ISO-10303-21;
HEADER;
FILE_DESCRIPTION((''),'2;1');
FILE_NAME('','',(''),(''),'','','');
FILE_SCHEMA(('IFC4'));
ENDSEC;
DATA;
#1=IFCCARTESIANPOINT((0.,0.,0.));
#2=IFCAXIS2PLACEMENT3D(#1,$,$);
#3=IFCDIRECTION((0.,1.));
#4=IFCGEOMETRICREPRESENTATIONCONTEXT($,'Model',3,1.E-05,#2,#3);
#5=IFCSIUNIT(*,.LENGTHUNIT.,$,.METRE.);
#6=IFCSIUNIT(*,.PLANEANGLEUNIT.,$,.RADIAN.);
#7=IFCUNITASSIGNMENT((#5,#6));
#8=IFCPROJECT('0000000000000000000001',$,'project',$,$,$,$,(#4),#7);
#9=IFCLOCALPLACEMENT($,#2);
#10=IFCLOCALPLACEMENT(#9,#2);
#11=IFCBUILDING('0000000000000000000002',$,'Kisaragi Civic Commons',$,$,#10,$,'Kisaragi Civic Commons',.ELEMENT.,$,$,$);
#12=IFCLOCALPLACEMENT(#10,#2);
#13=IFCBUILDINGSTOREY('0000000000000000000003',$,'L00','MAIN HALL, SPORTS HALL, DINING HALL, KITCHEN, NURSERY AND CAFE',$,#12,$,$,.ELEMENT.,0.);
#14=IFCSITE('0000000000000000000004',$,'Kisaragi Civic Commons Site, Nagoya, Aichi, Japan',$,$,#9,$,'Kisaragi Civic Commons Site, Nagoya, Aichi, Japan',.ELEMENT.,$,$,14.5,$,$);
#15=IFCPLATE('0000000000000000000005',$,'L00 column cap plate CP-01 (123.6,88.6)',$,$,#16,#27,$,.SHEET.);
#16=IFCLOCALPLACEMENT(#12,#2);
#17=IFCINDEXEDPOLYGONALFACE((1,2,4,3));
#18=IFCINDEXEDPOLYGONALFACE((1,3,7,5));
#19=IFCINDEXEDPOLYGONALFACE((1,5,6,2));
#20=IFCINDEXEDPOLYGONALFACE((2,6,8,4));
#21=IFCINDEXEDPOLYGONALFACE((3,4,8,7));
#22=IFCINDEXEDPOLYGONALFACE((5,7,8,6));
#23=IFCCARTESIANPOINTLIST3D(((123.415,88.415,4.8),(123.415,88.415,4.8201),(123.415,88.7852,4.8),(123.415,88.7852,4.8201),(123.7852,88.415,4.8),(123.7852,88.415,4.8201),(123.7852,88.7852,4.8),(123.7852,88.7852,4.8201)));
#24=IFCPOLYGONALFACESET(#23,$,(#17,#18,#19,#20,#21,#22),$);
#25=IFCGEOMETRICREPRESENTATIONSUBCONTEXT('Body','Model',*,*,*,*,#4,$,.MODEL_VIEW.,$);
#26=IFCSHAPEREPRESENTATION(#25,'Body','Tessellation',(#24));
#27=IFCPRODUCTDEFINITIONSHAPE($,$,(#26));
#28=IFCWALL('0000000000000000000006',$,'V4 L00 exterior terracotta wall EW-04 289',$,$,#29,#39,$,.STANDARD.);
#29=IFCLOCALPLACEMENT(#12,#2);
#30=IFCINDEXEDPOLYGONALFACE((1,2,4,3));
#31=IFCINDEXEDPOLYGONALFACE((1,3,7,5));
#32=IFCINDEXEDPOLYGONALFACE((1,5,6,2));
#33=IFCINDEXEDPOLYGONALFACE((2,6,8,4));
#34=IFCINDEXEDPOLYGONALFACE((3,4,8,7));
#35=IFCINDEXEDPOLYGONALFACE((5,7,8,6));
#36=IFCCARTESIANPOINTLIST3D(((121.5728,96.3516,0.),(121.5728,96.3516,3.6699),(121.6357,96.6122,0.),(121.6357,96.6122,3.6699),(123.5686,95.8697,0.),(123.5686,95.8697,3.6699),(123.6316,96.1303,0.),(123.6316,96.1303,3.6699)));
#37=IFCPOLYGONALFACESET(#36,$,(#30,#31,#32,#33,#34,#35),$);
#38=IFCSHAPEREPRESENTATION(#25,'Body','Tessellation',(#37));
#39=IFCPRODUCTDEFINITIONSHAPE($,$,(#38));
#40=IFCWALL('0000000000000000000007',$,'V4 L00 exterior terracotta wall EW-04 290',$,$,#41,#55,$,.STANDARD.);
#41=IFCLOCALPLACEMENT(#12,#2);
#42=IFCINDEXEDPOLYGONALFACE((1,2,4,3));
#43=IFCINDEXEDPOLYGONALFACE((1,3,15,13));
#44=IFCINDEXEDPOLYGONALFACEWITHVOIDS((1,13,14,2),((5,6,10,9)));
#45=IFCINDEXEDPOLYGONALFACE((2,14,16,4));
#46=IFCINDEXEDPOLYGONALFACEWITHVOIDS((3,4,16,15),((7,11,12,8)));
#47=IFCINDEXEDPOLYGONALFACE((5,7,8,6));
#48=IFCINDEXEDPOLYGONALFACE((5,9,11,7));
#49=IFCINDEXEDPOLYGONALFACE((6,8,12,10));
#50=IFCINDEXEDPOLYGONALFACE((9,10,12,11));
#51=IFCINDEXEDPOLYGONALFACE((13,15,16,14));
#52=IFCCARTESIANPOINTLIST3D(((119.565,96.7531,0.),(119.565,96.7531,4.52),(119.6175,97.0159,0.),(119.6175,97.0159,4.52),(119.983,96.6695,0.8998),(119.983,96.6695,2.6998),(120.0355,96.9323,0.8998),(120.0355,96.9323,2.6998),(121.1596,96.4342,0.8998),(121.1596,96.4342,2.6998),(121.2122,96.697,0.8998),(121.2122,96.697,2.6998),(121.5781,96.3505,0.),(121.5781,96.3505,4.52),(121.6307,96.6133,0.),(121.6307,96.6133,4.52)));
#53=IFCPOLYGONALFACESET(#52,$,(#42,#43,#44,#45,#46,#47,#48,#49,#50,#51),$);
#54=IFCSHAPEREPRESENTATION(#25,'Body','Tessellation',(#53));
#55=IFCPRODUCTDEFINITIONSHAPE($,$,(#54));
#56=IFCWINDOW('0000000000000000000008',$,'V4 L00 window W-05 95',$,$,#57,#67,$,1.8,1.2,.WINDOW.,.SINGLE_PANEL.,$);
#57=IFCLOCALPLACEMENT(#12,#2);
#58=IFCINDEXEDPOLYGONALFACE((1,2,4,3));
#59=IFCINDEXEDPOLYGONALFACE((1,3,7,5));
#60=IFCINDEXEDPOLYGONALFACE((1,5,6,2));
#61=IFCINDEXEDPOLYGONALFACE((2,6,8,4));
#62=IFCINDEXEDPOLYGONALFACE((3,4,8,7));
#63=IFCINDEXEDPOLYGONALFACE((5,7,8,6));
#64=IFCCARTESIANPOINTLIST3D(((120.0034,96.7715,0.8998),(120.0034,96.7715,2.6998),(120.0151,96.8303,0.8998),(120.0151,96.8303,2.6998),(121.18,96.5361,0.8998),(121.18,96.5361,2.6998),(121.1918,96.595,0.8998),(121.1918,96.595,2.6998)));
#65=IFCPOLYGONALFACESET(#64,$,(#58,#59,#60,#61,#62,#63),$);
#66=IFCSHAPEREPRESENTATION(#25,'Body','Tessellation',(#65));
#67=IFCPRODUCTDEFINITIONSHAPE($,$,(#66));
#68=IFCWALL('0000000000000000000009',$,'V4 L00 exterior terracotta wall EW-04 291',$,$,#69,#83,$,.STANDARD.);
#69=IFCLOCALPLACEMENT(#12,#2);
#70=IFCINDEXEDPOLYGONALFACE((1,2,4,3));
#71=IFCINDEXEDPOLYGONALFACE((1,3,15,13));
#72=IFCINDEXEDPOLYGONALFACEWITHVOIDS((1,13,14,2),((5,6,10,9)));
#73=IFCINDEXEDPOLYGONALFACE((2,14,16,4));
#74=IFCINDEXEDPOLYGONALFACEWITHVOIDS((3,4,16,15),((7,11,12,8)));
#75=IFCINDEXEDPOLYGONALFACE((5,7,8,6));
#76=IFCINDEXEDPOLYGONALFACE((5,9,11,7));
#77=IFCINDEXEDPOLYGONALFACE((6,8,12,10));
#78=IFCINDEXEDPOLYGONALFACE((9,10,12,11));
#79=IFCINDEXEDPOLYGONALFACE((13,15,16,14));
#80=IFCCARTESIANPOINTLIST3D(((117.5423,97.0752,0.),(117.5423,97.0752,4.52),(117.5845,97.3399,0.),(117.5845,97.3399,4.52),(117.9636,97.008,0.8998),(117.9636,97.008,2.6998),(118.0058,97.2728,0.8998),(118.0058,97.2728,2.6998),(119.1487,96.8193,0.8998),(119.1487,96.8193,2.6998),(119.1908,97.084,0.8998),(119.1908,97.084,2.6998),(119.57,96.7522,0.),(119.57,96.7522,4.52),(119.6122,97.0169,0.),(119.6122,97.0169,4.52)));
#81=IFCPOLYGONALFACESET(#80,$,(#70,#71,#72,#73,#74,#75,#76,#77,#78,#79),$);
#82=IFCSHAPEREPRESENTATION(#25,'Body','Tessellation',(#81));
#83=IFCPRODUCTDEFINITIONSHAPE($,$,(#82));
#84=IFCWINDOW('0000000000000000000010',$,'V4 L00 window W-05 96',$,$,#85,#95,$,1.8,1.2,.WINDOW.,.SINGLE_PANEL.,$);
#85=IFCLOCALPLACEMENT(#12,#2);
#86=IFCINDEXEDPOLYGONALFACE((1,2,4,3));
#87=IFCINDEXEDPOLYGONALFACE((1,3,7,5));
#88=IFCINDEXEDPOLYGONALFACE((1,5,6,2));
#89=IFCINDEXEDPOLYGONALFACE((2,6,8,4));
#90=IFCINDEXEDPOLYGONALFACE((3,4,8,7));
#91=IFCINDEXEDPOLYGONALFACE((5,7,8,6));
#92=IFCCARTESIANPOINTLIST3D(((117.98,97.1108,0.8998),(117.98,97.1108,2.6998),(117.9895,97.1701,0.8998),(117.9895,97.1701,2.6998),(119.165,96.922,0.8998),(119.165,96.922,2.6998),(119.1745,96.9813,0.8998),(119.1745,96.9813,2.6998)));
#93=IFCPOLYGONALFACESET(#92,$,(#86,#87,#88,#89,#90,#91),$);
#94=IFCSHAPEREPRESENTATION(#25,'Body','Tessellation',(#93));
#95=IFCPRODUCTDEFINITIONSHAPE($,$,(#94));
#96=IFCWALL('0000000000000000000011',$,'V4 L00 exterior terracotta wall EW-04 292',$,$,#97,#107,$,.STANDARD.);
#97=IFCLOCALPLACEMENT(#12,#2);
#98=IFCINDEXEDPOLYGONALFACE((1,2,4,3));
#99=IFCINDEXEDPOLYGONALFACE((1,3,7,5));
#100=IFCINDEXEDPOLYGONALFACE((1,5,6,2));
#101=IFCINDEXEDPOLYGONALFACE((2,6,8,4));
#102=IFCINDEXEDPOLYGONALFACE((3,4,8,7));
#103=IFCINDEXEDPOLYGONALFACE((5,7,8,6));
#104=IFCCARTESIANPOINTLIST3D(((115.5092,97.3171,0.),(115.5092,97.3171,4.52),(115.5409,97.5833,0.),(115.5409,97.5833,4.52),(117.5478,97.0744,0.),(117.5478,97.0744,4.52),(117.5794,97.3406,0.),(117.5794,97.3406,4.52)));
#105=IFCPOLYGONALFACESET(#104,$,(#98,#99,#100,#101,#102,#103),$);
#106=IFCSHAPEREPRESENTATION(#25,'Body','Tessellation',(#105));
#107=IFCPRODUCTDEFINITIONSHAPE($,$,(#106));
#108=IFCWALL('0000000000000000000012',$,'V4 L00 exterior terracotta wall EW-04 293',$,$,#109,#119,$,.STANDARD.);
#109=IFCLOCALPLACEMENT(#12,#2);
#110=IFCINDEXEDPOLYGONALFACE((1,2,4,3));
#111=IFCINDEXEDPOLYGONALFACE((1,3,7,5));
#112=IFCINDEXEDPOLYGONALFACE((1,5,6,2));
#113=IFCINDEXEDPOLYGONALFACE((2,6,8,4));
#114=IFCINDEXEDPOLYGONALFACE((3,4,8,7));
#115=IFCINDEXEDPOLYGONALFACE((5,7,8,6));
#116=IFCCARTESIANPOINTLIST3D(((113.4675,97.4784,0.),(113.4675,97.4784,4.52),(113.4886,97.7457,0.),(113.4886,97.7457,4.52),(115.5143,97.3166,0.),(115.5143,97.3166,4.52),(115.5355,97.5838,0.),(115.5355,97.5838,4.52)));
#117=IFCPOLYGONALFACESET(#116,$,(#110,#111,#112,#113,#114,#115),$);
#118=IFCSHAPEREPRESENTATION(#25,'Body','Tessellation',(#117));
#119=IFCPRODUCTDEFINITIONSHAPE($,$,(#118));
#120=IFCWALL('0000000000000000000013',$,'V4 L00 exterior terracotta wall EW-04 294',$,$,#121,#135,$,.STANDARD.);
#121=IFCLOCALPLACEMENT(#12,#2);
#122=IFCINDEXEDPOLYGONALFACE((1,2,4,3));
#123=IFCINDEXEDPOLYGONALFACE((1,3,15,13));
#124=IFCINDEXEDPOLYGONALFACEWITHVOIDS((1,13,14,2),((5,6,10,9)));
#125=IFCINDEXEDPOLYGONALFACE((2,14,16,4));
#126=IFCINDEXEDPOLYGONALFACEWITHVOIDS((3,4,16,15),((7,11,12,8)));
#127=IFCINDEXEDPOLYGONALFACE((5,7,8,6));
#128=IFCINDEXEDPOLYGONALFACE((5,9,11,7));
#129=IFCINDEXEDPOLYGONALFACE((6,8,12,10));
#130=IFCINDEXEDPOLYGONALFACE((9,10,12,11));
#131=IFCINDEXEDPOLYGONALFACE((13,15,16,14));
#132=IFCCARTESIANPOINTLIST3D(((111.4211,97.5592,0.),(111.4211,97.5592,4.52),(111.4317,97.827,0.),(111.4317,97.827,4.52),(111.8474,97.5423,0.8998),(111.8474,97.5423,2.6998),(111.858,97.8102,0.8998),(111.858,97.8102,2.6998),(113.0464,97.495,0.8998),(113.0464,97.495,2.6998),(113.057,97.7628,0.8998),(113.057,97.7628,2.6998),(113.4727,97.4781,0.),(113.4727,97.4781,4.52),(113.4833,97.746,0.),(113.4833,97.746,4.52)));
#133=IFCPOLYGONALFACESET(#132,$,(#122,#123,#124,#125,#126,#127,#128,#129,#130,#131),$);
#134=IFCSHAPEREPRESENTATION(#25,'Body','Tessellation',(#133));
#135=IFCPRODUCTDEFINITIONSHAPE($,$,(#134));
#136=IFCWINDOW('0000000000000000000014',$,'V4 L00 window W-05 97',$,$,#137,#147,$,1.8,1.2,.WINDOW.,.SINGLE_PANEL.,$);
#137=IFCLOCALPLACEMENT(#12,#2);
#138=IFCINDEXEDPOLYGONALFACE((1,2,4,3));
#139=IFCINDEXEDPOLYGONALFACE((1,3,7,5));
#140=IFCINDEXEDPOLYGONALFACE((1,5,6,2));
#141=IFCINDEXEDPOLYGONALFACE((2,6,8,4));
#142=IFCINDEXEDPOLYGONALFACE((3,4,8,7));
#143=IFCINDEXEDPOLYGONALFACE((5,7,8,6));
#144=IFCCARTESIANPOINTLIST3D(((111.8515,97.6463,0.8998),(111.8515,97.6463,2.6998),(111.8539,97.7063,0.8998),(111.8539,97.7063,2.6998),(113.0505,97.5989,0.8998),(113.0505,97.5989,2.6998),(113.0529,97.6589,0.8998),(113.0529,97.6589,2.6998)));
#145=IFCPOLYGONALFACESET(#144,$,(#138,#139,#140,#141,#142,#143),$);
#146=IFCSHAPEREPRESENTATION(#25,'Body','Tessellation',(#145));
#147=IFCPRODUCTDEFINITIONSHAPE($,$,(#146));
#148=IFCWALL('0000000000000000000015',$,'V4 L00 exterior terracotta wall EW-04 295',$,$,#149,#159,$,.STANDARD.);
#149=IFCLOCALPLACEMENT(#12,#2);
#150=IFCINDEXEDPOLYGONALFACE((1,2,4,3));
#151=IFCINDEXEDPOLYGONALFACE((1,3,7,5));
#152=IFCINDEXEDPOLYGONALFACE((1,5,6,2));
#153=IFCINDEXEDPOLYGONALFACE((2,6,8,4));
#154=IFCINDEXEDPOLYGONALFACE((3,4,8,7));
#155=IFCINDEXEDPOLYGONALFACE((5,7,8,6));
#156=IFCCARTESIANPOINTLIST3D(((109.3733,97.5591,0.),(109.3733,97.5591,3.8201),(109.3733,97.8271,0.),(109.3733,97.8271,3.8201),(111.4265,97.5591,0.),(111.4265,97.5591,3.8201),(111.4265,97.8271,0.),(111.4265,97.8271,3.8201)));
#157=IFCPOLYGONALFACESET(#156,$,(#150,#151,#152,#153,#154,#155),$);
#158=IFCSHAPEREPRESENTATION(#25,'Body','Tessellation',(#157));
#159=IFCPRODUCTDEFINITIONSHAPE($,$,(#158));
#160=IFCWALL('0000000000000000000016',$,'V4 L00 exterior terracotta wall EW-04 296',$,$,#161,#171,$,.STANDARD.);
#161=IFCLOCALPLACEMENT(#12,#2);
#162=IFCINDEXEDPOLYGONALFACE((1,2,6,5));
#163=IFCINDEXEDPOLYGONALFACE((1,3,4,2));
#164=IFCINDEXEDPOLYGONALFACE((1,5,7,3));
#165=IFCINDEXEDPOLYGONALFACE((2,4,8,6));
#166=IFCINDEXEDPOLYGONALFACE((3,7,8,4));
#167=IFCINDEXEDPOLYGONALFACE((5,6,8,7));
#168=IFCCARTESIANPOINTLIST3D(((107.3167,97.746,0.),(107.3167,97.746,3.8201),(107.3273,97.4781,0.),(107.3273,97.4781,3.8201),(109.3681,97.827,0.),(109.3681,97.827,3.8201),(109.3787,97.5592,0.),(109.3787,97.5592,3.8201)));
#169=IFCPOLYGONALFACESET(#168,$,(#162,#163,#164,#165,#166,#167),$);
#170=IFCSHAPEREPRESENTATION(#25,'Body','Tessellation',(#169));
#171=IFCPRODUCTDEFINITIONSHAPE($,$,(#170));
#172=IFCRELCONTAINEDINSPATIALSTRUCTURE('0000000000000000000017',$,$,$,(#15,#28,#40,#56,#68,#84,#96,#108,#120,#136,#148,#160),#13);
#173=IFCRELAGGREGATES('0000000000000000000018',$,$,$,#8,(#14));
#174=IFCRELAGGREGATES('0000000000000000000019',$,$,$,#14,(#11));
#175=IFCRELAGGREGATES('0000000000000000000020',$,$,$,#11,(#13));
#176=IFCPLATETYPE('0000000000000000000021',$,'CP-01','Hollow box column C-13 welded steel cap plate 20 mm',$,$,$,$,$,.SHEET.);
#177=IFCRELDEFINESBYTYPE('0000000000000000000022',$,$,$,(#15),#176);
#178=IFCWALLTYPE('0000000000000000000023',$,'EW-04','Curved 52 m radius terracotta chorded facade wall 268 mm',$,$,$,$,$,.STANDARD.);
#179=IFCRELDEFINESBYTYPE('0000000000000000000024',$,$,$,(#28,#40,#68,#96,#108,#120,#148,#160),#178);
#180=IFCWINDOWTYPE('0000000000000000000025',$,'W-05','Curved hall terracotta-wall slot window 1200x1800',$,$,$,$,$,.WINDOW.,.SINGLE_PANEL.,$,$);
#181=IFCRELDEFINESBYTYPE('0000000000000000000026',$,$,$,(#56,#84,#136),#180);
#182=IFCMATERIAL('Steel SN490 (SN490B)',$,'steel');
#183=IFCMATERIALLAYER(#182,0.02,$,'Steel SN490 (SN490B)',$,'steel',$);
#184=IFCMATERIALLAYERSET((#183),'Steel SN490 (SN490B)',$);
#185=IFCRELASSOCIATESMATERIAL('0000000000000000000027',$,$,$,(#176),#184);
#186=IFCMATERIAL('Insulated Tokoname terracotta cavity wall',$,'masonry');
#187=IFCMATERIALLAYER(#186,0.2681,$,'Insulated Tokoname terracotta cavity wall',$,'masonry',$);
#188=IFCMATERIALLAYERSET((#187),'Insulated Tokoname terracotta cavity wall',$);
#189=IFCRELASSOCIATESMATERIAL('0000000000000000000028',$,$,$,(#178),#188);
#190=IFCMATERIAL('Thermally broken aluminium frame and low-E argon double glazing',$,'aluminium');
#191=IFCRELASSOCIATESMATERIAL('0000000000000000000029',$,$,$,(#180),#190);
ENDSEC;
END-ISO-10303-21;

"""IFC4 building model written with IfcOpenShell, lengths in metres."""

from ifc_helpers import new_model, si_unit, direction, frame, frame_2d, origin, origin_2d, place, context, subcontext, project, spatial, rectangle, extrude, material, layer, layer_set, type_object, element, fill, save


model = new_model("IFC4")

# Units and contexts
model_context = context("Model", 3, precision=1e-05, world=origin(), true_north=direction((0.0, 1.0)))
body_context = subcontext(model_context, "Body", "Model", "MODEL_VIEW")
ifc_project = project(units=[si_unit("LENGTHUNIT", "METRE"), si_unit("PLANEANGLEUNIT", "RADIAN")], contexts=[model_context])

# Site, building, storey
site_placement = place(None, origin())
site = spatial("IfcSite", under=ifc_project, at=site_placement, Name="Kisaragi Civic Commons Site, Nagoya, Aichi, Japan", LongName="Kisaragi Civic Commons Site, Nagoya, Aichi, Japan", CompositionType="ELEMENT", RefElevation=14.5)
building_placement = place(site_placement, origin())
building = spatial("IfcBuilding", under=site, at=building_placement, Name="Kisaragi Civic Commons", LongName="Kisaragi Civic Commons", CompositionType="ELEMENT")
storey_placement = place(building_placement, origin())
storey = spatial("IfcBuildingStorey", under=building, at=storey_placement, Name="L00", Description="MAIN HALL, SPORTS HALL, DINING HALL, KITCHEN, NURSERY AND CAFE", CompositionType="ELEMENT", Elevation=0.0)

# Shared definitions
ifc_material_1 = material(Name="Steel SN490 (SN490B)", Category="steel")

# Plate
ifc_layer_1 = layer(ifc_material_1, 0.02, Name="Steel SN490 (SN490B)", Category="steel")
ifc_layer_set_1 = layer_set([ifc_layer_1], Name="Steel SN490 (SN490B)")
plate_type = type_object("IfcPlateType", Name="CP-01", Description="Hollow box column C-13 welded steel cap plate 20 mm", PredefinedType="SHEET", material=ifc_layer_set_1)
for number, where, z_axis, x_axis, name in (
    (1, (123.6001, 88.6001, 4.8), (0.0, 0.0, 1.0), (1.0, 0.0, 0.0), "L00 column cap plate CP-01 (123.6,88.6)"),
):
    element("IfcPlate", number, at=place(storey_placement, frame(where, z_axis=z_axis, x_axis=x_axis)), inside=storey, type_object=plate_type, Name=name, PredefinedType="SHEET", context=body_context, shape_type="SweptSolid", body=[
        extrude(rectangle(XDim=0.3701, YDim=0.3701, at=origin_2d()), origin(), (0.0, 0.0, 1.0), 0.02),
    ])

# Wall
ifc_material_2 = material(Name="Insulated Tokoname terracotta cavity wall", Category="masonry")
ifc_layer_2 = layer(ifc_material_2, 0.2681, Name="Insulated Tokoname terracotta cavity wall", Category="masonry")
ifc_layer_set_2 = layer_set([ifc_layer_2], Name="Insulated Tokoname terracotta cavity wall")
wall_type_1 = type_object("IfcWallType", Name="EW-04", Description="Curved 52 m radius terracotta chorded facade wall 268 mm", PredefinedType="STANDARD", material=ifc_layer_set_2)
wall_1_placement = place(storey_placement, frame((123.6001, 96.0, 0.0), z_axis=(0.0, 0.0, 1.0), x_axis=(-0.972063, 0.234722, 0.0)))
element("IfcWall", 2, at=wall_1_placement, inside=storey, type_object=wall_type_1, Name="V4 L00 exterior terracotta wall EW-04 289", PredefinedType="STANDARD", context=body_context, shape_type="SweptSolid", body=[
    extrude(rectangle(XDim=2.0532, YDim=0.2681, at=frame_2d((1.0266, 0.0))), origin(), (0.0, 0.0, 1.0), 3.6699),
])

# Walls, openings, windows
wall_2_placement = place(storey_placement, frame((121.6042, 96.4819, 0.0), z_axis=(0.0, 0.0, 1.0), x_axis=(-0.980585, 0.196093, 0.0)))
wall_2 = element("IfcWall", 3, at=wall_2_placement, inside=storey, type_object=wall_type_1, Name="V4 L00 exterior terracotta wall EW-04 290", PredefinedType="STANDARD", context=body_context, shape_type="SweptSolid", body=[
    extrude(rectangle(XDim=2.053, YDim=0.2681, at=frame_2d((1.0264, 0.0))), origin(), (0.0, 0.0, 1.0), 4.52),
])
opening_1_placement = place(wall_2_placement, frame((0.4265, 0.0, 0.8999)))
opening_1 = element("IfcOpeningElement", 4, at=opening_1_placement, cuts=wall_2, PredefinedType="OPENING", context=body_context, shape_type="SweptSolid", body=[
    extrude(rectangle(XDim=1.2, YDim=1.8, at=frame_2d((0.6001, 0.8999))), frame((0.0, 0.144, 0.0), z_axis=(0.0, -1.0, 0.0), x_axis=(1.0, 0.0, 0.0)), (0.0, 0.0, 1.0), 0.2881),
])
ifc_material_3 = material(Name="Thermally broken aluminium frame and low-E argon double glazing", Category="aluminium")
window_type = type_object("IfcWindowType", Name="W-05", Description="Curved hall terracotta-wall slot window 1200x1800", PartitioningType="SINGLE_PANEL", PredefinedType="WINDOW", material=ifc_material_3)
window_1_placement = place(opening_1_placement, origin())
window_1 = element("IfcWindow", 5, at=window_1_placement, inside=storey, type_object=window_type, Name="V4 L00 window W-05 95", OverallHeight=1.8, OverallWidth=1.2, PartitioningType="SINGLE_PANEL", PredefinedType="WINDOW", context=body_context, shape_type="SweptSolid", body=[
    extrude(rectangle(XDim=1.2, YDim=1.8, at=frame_2d((0.6001, 0.8999))), frame((0.0, 0.03, 0.0), z_axis=(0.0, -1.0, 0.0), x_axis=(1.0, 0.0, 0.0)), (0.0, 0.0, 1.0), 0.0601),
])
fill(opening_1, window_1)
wall_3_placement = place(storey_placement, frame((119.5911, 96.8845, 0.0), z_axis=(0.0, 0.0, 1.0), x_axis=(-0.987548, 0.157318, 0.0)))
wall_3 = element("IfcWall", 6, at=wall_3_placement, inside=storey, type_object=wall_type_1, Name="V4 L00 exterior terracotta wall EW-04 291", PredefinedType="STANDARD", context=body_context, shape_type="SweptSolid", body=[
    extrude(rectangle(XDim=2.0532, YDim=0.2681, at=frame_2d((1.0266, 0.0))), origin(), (0.0, 0.0, 1.0), 4.52),
])
opening_2_placement = place(wall_3_placement, frame((0.4265, 0.0, 0.8999)))
opening_2 = element("IfcOpeningElement", 7, at=opening_2_placement, cuts=wall_3, PredefinedType="OPENING", context=body_context, shape_type="SweptSolid", body=[
    extrude(rectangle(XDim=1.2, YDim=1.8, at=frame_2d((0.6001, 0.8999))), frame((0.0, 0.144, 0.0), z_axis=(0.0, -1.0, 0.0), x_axis=(1.0, 0.0, 0.0)), (0.0, 0.0, 1.0), 0.2881),
])
window_2_placement = place(opening_2_placement, origin())
window_2 = element("IfcWindow", 8, at=window_2_placement, inside=storey, type_object=window_type, Name="V4 L00 window W-05 96", OverallHeight=1.8, OverallWidth=1.2, PartitioningType="SINGLE_PANEL", PredefinedType="WINDOW", context=body_context, shape_type="SweptSolid", body=[
    extrude(rectangle(XDim=1.2, YDim=1.8, at=frame_2d((0.6001, 0.8999))), frame((0.0, 0.03, 0.0), z_axis=(0.0, -1.0, 0.0), x_axis=(1.0, 0.0, 0.0)), (0.0, 0.0, 1.0), 0.0601),
])
fill(opening_2, window_2)

# Walls
wall_4_placement = place(storey_placement, frame((117.5635, 97.2075, 0.0), z_axis=(0.0, 0.0, 1.0), x_axis=(-0.992989, 0.118207, 0.0)))
element("IfcWall", 9, at=wall_4_placement, inside=storey, type_object=wall_type_1, Name="V4 L00 exterior terracotta wall EW-04 292", PredefinedType="STANDARD", context=body_context, shape_type="SweptSolid", body=[
    extrude(rectangle(XDim=2.053, YDim=0.2681, at=frame_2d((1.0264, 0.0))), origin(), (0.0, 0.0, 1.0), 4.52),
])
wall_5_placement = place(storey_placement, frame((115.5249, 97.4502, 0.0), z_axis=(0.0, 0.0, 1.0), x_axis=(-0.996888, 0.078833, 0.0)))
element("IfcWall", 10, at=wall_5_placement, inside=storey, type_object=wall_type_1, Name="V4 L00 exterior terracotta wall EW-04 293", PredefinedType="STANDARD", context=body_context, shape_type="SweptSolid", body=[
    extrude(rectangle(XDim=2.0532, YDim=0.2681, at=frame_2d((1.0266, 0.0))), origin(), (0.0, 0.0, 1.0), 4.52),
])

# Wall, opening, window
wall_6_placement = place(storey_placement, frame((113.478, 97.6121, 0.0), z_axis=(0.0, 0.0, 1.0), x_axis=(-0.99922, 0.039479, 0.0)))
wall_6 = element("IfcWall", 11, at=wall_6_placement, inside=storey, type_object=wall_type_1, Name="V4 L00 exterior terracotta wall EW-04 294", PredefinedType="STANDARD", context=body_context, shape_type="SweptSolid", body=[
    extrude(rectangle(XDim=2.0532, YDim=0.2681, at=frame_2d((1.0266, 0.0))), origin(), (0.0, 0.0, 1.0), 4.52),
])
opening_3_placement = place(wall_6_placement, frame((0.4265, 0.0, 0.8999)))
opening_3 = element("IfcOpeningElement", 12, at=opening_3_placement, cuts=wall_6, PredefinedType="OPENING", context=body_context, shape_type="SweptSolid", body=[
    extrude(rectangle(XDim=1.2, YDim=1.8, at=frame_2d((0.6001, 0.8999))), frame((0.0, 0.144, 0.0), z_axis=(0.0, -1.0, 0.0), x_axis=(1.0, 0.0, 0.0)), (0.0, 0.0, 1.0), 0.2881),
])
window_3_placement = place(opening_3_placement, origin())
window_3 = element("IfcWindow", 13, at=window_3_placement, inside=storey, type_object=window_type, Name="V4 L00 window W-05 97", OverallHeight=1.8, OverallWidth=1.2, PartitioningType="SINGLE_PANEL", PredefinedType="WINDOW", context=body_context, shape_type="SweptSolid", body=[
    extrude(rectangle(XDim=1.2, YDim=1.8, at=frame_2d((0.6001, 0.8999))), frame((0.0, 0.03, 0.0), z_axis=(0.0, -1.0, 0.0), x_axis=(1.0, 0.0, 0.0)), (0.0, 0.0, 1.0), 0.0601),
])
fill(opening_3, window_3)

# Walls
wall_7_placement = place(storey_placement, frame((111.4265, 97.6931, 0.0), z_axis=(0.0, 0.0, 1.0), x_axis=(-1.0, 0.0, 0.0)))
element("IfcWall", 14, at=wall_7_placement, inside=storey, type_object=wall_type_1, Name="V4 L00 exterior terracotta wall EW-04 295", PredefinedType="STANDARD", context=body_context, shape_type="SweptSolid", body=[
    extrude(rectangle(XDim=2.0532, YDim=0.2681, at=frame_2d((1.0266, 0.0))), origin(), (0.0, 0.0, 1.0), 3.8201),
])
wall_8_placement = place(storey_placement, frame((109.3733, 97.6931, 0.0), z_axis=(0.0, 0.0, 1.0), x_axis=(-0.99922, -0.039484, 0.0)))
element("IfcWall", 15, at=wall_8_placement, inside=storey, type_object=wall_type_1, Name="V4 L00 exterior terracotta wall EW-04 296", PredefinedType="STANDARD", context=body_context, shape_type="SweptSolid", body=[
    extrude(rectangle(XDim=2.053, YDim=0.2681, at=frame_2d((1.0264, 0.0))), origin(), (0.0, 0.0, 1.0), 3.8201),
])

save(model, "model.ifc")
